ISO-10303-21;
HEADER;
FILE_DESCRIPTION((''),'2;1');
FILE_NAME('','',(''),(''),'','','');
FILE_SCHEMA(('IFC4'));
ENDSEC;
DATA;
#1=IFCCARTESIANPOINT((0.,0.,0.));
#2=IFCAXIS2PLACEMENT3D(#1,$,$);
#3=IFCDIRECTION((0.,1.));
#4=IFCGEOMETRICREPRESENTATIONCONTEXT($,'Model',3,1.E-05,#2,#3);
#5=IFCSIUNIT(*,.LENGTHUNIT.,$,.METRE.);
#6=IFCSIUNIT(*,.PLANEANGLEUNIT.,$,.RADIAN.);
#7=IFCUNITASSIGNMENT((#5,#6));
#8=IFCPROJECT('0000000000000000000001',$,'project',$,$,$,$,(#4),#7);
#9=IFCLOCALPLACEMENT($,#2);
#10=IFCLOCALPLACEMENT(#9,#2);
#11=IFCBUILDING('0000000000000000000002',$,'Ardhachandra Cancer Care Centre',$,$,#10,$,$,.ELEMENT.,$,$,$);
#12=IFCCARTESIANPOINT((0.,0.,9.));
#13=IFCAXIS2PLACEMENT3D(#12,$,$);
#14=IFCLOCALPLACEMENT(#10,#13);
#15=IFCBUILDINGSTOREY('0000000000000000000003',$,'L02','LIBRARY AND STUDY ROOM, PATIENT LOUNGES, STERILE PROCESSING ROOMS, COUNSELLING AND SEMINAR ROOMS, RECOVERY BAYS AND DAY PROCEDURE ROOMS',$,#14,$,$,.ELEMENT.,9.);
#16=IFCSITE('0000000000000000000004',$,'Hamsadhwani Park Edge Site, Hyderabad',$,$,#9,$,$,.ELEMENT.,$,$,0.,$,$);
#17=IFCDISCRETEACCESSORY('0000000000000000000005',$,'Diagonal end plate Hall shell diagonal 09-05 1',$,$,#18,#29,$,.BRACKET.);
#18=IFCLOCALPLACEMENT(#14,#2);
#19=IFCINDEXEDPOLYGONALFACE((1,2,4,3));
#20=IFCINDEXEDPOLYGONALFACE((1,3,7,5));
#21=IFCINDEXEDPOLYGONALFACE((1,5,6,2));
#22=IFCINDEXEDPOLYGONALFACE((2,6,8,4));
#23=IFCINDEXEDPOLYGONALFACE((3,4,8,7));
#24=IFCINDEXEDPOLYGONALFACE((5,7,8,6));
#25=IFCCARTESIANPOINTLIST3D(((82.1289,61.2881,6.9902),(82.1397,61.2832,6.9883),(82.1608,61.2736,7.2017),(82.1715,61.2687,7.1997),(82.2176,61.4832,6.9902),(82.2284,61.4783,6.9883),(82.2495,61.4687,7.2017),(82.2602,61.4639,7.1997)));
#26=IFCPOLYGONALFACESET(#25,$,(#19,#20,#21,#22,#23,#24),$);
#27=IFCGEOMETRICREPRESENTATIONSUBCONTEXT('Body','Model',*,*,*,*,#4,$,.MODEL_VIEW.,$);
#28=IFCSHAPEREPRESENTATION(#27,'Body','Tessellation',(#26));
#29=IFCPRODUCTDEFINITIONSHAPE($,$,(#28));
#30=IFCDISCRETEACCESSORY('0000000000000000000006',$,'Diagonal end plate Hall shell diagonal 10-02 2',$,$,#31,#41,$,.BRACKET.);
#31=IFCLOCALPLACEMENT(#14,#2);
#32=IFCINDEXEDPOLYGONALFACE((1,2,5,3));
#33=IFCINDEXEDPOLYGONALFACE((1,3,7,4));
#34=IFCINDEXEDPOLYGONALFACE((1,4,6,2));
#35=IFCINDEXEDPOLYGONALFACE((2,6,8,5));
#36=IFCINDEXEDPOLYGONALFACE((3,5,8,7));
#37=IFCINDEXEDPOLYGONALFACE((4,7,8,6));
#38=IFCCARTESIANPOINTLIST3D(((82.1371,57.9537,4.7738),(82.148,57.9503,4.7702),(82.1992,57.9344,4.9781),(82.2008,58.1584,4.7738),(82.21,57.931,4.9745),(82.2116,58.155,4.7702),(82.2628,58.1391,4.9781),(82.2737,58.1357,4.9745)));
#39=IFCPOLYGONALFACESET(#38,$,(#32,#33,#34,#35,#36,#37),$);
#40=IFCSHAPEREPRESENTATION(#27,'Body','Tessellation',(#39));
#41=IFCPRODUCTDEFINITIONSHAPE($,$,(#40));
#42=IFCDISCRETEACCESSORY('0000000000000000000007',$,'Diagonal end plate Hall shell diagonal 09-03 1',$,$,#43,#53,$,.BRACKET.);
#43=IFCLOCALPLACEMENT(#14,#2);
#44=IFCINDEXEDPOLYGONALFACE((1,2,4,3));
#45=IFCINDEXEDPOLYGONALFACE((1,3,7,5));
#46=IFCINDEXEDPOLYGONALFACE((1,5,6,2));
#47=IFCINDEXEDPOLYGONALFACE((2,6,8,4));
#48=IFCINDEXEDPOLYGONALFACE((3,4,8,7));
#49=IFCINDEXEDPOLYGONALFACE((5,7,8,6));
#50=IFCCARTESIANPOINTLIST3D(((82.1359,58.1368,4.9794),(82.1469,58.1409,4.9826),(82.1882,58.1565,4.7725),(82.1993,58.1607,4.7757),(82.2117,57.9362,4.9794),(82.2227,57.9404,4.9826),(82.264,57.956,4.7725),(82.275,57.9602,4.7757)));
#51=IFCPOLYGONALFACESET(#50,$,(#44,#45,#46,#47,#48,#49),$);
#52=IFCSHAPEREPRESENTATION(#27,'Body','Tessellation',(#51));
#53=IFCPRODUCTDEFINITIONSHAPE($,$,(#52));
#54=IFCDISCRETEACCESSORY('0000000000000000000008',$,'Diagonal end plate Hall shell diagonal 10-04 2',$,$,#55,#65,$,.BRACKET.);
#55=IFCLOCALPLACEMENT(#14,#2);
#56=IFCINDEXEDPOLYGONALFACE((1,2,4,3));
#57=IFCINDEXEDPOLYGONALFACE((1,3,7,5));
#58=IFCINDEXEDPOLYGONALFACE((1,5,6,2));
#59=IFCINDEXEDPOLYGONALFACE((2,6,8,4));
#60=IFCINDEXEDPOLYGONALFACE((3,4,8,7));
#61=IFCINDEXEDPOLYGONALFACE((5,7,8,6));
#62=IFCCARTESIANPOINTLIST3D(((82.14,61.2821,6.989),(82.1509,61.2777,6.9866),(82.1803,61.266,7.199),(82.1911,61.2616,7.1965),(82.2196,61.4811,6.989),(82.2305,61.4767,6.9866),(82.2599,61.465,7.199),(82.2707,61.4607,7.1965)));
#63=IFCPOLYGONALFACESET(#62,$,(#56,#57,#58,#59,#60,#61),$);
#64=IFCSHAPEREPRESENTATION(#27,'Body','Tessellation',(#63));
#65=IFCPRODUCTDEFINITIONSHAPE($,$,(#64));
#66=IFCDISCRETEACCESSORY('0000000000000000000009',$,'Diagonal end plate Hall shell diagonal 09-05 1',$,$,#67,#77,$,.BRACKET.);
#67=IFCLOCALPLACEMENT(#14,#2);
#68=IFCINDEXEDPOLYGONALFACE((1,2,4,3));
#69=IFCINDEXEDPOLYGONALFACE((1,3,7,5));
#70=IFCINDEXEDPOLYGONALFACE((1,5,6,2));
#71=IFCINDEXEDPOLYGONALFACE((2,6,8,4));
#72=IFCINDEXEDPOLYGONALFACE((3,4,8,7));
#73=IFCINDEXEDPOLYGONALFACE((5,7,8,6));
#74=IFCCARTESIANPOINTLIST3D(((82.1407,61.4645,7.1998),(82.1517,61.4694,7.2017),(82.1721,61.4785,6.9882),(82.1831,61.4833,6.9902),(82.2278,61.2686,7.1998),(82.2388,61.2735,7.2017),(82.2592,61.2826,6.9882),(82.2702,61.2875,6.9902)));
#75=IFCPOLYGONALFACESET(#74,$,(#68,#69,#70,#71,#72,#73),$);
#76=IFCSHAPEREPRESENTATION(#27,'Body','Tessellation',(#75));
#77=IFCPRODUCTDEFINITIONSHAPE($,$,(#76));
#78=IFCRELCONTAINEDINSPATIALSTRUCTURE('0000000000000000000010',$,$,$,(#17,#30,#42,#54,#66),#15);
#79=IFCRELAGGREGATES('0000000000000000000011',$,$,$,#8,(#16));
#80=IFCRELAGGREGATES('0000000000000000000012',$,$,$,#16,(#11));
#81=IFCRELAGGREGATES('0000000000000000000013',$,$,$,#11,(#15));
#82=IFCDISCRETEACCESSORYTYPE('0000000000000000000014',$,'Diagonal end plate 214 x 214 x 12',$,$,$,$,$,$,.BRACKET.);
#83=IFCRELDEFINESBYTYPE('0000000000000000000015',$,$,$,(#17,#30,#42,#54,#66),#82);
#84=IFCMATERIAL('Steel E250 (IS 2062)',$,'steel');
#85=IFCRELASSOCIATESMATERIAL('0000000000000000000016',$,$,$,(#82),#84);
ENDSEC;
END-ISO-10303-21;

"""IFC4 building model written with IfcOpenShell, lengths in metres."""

from ifc_helpers import new_model, si_unit, direction, frame, origin, origin_2d, place, context, subcontext, project, spatial, rectangle, extrude, material, material_profile, profile_set, type_object, element, save


model = new_model("IFC4")

# Units and contexts
model_context = context("Model", 3, precision=1e-05, world=origin(), true_north=direction((0.0, 1.0)))
body_context = subcontext(model_context, "Body", "Model", "MODEL_VIEW")
ifc_project = project(units=[si_unit("LENGTHUNIT", "METRE"), si_unit("PLANEANGLEUNIT", "RADIAN")], contexts=[model_context])

# Site, building, storey
site_placement = place(None, origin())
site = spatial("IfcSite", under=ifc_project, at=site_placement, Name="Hamsadhwani Park Edge Site, Hyderabad", CompositionType="ELEMENT", RefElevation=0.0)
building_placement = place(site_placement, origin())
building = spatial("IfcBuilding", under=site, at=building_placement, Name="Ardhachandra Cancer Care Centre", CompositionType="ELEMENT")
storey_placement = place(building_placement, frame((0.0, 0.0, 9.0)))
storey = spatial("IfcBuildingStorey", under=building, at=storey_placement, Name="L02", Description="LIBRARY AND STUDY ROOM, PATIENT LOUNGES, STERILE PROCESSING ROOMS, COUNSELLING AND SEMINAR ROOMS, RECOVERY BAYS AND DAY PROCEDURE ROOMS", CompositionType="ELEMENT", Elevation=9.0)

# Discrete accessories
ifc_material_1 = material(Name="Steel E250 (IS 2062)", Category="steel")
ifc_material_profile_1 = material_profile(ifc_material_1, rectangle(XDim=0.2144, YDim=0.2144, at=origin_2d()), Name="PL 214x214x12")
ifc_profile_set_1 = profile_set([ifc_material_profile_1], Name="Steel E250 (IS 2062)")
discrete_accessory_type = type_object("IfcDiscreteAccessoryType", Name="Diagonal end plate 214 x 214 x 12", PredefinedType="BRACKET", material=ifc_profile_set_1)
for number, where, z_axis, x_axis, name in (
    (1, (82.2, 61.3735, 7.094), (-0.898146, 0.408248, 0.163299), (-0.413803, -0.910366, 0.0), "Diagonal end plate Hall shell diagonal 09-05 1"),
    (2, (82.2, 58.0464, 4.876), (0.90988, -0.283074, -0.303293), (0.297067, 0.954857, 0.0), "Diagonal end plate Hall shell diagonal 10-02 2"),
):
    element("IfcDiscreteAccessory", number, at=place(storey_placement, frame(where, z_axis=z_axis, x_axis=x_axis)), inside=storey, type_object=discrete_accessory_type, Name=name, PredefinedType="BRACKET", context=body_context, shape_type="SweptSolid", body=[
        extrude(rectangle(XDim=0.2144, YDim=0.2144, at=origin_2d()), origin(), (0.0, 0.0, 1.0), 0.012),
    ])
discrete_accessory_1_placement = place(storey_placement, frame((82.2, 58.0464, 4.876), z_axis=(0.903076, 0.341162, 0.260889), x_axis=(-0.353401, 0.935472, 0.0)))
element("IfcDiscreteAccessory", 3, at=discrete_accessory_1_placement, inside=storey, type_object=discrete_accessory_type, Name="Diagonal end plate Hall shell diagonal 09-03 1", PredefinedType="BRACKET", context=body_context, shape_type="SweptSolid", body=[
    extrude(rectangle(XDim=0.2144, YDim=0.2144, at=origin_2d()), origin(), (0.0, 0.0, 1.0), 0.0122),
])
discrete_accessory_2_placement = place(storey_placement, frame((82.2, 61.3735, 7.094), z_axis=(0.909323, -0.363729, -0.202072), x_axis=(0.371391, 0.928477, 0.0)))
element("IfcDiscreteAccessory", 4, at=discrete_accessory_2_placement, inside=storey, type_object=discrete_accessory_type, Name="Diagonal end plate Hall shell diagonal 10-04 2", PredefinedType="BRACKET", context=body_context, shape_type="SweptSolid", body=[
    extrude(rectangle(XDim=0.2144, YDim=0.2144, at=origin_2d()), origin(), (0.0, 0.0, 1.0), 0.012),
])
discrete_accessory_3_placement = place(storey_placement, frame((82.2, 61.3735, 7.094), z_axis=(0.901987, 0.400883, 0.160353), x_axis=(-0.406138, 0.913812, 0.0)))
element("IfcDiscreteAccessory", 5, at=discrete_accessory_3_placement, inside=storey, type_object=discrete_accessory_type, Name="Diagonal end plate Hall shell diagonal 09-05 1", PredefinedType="BRACKET", context=body_context, shape_type="SweptSolid", body=[
    extrude(rectangle(XDim=0.2144, YDim=0.2144, at=origin_2d()), origin(), (0.0, 0.0, 1.0), 0.0122),
])

save(model, "model.ifc")
